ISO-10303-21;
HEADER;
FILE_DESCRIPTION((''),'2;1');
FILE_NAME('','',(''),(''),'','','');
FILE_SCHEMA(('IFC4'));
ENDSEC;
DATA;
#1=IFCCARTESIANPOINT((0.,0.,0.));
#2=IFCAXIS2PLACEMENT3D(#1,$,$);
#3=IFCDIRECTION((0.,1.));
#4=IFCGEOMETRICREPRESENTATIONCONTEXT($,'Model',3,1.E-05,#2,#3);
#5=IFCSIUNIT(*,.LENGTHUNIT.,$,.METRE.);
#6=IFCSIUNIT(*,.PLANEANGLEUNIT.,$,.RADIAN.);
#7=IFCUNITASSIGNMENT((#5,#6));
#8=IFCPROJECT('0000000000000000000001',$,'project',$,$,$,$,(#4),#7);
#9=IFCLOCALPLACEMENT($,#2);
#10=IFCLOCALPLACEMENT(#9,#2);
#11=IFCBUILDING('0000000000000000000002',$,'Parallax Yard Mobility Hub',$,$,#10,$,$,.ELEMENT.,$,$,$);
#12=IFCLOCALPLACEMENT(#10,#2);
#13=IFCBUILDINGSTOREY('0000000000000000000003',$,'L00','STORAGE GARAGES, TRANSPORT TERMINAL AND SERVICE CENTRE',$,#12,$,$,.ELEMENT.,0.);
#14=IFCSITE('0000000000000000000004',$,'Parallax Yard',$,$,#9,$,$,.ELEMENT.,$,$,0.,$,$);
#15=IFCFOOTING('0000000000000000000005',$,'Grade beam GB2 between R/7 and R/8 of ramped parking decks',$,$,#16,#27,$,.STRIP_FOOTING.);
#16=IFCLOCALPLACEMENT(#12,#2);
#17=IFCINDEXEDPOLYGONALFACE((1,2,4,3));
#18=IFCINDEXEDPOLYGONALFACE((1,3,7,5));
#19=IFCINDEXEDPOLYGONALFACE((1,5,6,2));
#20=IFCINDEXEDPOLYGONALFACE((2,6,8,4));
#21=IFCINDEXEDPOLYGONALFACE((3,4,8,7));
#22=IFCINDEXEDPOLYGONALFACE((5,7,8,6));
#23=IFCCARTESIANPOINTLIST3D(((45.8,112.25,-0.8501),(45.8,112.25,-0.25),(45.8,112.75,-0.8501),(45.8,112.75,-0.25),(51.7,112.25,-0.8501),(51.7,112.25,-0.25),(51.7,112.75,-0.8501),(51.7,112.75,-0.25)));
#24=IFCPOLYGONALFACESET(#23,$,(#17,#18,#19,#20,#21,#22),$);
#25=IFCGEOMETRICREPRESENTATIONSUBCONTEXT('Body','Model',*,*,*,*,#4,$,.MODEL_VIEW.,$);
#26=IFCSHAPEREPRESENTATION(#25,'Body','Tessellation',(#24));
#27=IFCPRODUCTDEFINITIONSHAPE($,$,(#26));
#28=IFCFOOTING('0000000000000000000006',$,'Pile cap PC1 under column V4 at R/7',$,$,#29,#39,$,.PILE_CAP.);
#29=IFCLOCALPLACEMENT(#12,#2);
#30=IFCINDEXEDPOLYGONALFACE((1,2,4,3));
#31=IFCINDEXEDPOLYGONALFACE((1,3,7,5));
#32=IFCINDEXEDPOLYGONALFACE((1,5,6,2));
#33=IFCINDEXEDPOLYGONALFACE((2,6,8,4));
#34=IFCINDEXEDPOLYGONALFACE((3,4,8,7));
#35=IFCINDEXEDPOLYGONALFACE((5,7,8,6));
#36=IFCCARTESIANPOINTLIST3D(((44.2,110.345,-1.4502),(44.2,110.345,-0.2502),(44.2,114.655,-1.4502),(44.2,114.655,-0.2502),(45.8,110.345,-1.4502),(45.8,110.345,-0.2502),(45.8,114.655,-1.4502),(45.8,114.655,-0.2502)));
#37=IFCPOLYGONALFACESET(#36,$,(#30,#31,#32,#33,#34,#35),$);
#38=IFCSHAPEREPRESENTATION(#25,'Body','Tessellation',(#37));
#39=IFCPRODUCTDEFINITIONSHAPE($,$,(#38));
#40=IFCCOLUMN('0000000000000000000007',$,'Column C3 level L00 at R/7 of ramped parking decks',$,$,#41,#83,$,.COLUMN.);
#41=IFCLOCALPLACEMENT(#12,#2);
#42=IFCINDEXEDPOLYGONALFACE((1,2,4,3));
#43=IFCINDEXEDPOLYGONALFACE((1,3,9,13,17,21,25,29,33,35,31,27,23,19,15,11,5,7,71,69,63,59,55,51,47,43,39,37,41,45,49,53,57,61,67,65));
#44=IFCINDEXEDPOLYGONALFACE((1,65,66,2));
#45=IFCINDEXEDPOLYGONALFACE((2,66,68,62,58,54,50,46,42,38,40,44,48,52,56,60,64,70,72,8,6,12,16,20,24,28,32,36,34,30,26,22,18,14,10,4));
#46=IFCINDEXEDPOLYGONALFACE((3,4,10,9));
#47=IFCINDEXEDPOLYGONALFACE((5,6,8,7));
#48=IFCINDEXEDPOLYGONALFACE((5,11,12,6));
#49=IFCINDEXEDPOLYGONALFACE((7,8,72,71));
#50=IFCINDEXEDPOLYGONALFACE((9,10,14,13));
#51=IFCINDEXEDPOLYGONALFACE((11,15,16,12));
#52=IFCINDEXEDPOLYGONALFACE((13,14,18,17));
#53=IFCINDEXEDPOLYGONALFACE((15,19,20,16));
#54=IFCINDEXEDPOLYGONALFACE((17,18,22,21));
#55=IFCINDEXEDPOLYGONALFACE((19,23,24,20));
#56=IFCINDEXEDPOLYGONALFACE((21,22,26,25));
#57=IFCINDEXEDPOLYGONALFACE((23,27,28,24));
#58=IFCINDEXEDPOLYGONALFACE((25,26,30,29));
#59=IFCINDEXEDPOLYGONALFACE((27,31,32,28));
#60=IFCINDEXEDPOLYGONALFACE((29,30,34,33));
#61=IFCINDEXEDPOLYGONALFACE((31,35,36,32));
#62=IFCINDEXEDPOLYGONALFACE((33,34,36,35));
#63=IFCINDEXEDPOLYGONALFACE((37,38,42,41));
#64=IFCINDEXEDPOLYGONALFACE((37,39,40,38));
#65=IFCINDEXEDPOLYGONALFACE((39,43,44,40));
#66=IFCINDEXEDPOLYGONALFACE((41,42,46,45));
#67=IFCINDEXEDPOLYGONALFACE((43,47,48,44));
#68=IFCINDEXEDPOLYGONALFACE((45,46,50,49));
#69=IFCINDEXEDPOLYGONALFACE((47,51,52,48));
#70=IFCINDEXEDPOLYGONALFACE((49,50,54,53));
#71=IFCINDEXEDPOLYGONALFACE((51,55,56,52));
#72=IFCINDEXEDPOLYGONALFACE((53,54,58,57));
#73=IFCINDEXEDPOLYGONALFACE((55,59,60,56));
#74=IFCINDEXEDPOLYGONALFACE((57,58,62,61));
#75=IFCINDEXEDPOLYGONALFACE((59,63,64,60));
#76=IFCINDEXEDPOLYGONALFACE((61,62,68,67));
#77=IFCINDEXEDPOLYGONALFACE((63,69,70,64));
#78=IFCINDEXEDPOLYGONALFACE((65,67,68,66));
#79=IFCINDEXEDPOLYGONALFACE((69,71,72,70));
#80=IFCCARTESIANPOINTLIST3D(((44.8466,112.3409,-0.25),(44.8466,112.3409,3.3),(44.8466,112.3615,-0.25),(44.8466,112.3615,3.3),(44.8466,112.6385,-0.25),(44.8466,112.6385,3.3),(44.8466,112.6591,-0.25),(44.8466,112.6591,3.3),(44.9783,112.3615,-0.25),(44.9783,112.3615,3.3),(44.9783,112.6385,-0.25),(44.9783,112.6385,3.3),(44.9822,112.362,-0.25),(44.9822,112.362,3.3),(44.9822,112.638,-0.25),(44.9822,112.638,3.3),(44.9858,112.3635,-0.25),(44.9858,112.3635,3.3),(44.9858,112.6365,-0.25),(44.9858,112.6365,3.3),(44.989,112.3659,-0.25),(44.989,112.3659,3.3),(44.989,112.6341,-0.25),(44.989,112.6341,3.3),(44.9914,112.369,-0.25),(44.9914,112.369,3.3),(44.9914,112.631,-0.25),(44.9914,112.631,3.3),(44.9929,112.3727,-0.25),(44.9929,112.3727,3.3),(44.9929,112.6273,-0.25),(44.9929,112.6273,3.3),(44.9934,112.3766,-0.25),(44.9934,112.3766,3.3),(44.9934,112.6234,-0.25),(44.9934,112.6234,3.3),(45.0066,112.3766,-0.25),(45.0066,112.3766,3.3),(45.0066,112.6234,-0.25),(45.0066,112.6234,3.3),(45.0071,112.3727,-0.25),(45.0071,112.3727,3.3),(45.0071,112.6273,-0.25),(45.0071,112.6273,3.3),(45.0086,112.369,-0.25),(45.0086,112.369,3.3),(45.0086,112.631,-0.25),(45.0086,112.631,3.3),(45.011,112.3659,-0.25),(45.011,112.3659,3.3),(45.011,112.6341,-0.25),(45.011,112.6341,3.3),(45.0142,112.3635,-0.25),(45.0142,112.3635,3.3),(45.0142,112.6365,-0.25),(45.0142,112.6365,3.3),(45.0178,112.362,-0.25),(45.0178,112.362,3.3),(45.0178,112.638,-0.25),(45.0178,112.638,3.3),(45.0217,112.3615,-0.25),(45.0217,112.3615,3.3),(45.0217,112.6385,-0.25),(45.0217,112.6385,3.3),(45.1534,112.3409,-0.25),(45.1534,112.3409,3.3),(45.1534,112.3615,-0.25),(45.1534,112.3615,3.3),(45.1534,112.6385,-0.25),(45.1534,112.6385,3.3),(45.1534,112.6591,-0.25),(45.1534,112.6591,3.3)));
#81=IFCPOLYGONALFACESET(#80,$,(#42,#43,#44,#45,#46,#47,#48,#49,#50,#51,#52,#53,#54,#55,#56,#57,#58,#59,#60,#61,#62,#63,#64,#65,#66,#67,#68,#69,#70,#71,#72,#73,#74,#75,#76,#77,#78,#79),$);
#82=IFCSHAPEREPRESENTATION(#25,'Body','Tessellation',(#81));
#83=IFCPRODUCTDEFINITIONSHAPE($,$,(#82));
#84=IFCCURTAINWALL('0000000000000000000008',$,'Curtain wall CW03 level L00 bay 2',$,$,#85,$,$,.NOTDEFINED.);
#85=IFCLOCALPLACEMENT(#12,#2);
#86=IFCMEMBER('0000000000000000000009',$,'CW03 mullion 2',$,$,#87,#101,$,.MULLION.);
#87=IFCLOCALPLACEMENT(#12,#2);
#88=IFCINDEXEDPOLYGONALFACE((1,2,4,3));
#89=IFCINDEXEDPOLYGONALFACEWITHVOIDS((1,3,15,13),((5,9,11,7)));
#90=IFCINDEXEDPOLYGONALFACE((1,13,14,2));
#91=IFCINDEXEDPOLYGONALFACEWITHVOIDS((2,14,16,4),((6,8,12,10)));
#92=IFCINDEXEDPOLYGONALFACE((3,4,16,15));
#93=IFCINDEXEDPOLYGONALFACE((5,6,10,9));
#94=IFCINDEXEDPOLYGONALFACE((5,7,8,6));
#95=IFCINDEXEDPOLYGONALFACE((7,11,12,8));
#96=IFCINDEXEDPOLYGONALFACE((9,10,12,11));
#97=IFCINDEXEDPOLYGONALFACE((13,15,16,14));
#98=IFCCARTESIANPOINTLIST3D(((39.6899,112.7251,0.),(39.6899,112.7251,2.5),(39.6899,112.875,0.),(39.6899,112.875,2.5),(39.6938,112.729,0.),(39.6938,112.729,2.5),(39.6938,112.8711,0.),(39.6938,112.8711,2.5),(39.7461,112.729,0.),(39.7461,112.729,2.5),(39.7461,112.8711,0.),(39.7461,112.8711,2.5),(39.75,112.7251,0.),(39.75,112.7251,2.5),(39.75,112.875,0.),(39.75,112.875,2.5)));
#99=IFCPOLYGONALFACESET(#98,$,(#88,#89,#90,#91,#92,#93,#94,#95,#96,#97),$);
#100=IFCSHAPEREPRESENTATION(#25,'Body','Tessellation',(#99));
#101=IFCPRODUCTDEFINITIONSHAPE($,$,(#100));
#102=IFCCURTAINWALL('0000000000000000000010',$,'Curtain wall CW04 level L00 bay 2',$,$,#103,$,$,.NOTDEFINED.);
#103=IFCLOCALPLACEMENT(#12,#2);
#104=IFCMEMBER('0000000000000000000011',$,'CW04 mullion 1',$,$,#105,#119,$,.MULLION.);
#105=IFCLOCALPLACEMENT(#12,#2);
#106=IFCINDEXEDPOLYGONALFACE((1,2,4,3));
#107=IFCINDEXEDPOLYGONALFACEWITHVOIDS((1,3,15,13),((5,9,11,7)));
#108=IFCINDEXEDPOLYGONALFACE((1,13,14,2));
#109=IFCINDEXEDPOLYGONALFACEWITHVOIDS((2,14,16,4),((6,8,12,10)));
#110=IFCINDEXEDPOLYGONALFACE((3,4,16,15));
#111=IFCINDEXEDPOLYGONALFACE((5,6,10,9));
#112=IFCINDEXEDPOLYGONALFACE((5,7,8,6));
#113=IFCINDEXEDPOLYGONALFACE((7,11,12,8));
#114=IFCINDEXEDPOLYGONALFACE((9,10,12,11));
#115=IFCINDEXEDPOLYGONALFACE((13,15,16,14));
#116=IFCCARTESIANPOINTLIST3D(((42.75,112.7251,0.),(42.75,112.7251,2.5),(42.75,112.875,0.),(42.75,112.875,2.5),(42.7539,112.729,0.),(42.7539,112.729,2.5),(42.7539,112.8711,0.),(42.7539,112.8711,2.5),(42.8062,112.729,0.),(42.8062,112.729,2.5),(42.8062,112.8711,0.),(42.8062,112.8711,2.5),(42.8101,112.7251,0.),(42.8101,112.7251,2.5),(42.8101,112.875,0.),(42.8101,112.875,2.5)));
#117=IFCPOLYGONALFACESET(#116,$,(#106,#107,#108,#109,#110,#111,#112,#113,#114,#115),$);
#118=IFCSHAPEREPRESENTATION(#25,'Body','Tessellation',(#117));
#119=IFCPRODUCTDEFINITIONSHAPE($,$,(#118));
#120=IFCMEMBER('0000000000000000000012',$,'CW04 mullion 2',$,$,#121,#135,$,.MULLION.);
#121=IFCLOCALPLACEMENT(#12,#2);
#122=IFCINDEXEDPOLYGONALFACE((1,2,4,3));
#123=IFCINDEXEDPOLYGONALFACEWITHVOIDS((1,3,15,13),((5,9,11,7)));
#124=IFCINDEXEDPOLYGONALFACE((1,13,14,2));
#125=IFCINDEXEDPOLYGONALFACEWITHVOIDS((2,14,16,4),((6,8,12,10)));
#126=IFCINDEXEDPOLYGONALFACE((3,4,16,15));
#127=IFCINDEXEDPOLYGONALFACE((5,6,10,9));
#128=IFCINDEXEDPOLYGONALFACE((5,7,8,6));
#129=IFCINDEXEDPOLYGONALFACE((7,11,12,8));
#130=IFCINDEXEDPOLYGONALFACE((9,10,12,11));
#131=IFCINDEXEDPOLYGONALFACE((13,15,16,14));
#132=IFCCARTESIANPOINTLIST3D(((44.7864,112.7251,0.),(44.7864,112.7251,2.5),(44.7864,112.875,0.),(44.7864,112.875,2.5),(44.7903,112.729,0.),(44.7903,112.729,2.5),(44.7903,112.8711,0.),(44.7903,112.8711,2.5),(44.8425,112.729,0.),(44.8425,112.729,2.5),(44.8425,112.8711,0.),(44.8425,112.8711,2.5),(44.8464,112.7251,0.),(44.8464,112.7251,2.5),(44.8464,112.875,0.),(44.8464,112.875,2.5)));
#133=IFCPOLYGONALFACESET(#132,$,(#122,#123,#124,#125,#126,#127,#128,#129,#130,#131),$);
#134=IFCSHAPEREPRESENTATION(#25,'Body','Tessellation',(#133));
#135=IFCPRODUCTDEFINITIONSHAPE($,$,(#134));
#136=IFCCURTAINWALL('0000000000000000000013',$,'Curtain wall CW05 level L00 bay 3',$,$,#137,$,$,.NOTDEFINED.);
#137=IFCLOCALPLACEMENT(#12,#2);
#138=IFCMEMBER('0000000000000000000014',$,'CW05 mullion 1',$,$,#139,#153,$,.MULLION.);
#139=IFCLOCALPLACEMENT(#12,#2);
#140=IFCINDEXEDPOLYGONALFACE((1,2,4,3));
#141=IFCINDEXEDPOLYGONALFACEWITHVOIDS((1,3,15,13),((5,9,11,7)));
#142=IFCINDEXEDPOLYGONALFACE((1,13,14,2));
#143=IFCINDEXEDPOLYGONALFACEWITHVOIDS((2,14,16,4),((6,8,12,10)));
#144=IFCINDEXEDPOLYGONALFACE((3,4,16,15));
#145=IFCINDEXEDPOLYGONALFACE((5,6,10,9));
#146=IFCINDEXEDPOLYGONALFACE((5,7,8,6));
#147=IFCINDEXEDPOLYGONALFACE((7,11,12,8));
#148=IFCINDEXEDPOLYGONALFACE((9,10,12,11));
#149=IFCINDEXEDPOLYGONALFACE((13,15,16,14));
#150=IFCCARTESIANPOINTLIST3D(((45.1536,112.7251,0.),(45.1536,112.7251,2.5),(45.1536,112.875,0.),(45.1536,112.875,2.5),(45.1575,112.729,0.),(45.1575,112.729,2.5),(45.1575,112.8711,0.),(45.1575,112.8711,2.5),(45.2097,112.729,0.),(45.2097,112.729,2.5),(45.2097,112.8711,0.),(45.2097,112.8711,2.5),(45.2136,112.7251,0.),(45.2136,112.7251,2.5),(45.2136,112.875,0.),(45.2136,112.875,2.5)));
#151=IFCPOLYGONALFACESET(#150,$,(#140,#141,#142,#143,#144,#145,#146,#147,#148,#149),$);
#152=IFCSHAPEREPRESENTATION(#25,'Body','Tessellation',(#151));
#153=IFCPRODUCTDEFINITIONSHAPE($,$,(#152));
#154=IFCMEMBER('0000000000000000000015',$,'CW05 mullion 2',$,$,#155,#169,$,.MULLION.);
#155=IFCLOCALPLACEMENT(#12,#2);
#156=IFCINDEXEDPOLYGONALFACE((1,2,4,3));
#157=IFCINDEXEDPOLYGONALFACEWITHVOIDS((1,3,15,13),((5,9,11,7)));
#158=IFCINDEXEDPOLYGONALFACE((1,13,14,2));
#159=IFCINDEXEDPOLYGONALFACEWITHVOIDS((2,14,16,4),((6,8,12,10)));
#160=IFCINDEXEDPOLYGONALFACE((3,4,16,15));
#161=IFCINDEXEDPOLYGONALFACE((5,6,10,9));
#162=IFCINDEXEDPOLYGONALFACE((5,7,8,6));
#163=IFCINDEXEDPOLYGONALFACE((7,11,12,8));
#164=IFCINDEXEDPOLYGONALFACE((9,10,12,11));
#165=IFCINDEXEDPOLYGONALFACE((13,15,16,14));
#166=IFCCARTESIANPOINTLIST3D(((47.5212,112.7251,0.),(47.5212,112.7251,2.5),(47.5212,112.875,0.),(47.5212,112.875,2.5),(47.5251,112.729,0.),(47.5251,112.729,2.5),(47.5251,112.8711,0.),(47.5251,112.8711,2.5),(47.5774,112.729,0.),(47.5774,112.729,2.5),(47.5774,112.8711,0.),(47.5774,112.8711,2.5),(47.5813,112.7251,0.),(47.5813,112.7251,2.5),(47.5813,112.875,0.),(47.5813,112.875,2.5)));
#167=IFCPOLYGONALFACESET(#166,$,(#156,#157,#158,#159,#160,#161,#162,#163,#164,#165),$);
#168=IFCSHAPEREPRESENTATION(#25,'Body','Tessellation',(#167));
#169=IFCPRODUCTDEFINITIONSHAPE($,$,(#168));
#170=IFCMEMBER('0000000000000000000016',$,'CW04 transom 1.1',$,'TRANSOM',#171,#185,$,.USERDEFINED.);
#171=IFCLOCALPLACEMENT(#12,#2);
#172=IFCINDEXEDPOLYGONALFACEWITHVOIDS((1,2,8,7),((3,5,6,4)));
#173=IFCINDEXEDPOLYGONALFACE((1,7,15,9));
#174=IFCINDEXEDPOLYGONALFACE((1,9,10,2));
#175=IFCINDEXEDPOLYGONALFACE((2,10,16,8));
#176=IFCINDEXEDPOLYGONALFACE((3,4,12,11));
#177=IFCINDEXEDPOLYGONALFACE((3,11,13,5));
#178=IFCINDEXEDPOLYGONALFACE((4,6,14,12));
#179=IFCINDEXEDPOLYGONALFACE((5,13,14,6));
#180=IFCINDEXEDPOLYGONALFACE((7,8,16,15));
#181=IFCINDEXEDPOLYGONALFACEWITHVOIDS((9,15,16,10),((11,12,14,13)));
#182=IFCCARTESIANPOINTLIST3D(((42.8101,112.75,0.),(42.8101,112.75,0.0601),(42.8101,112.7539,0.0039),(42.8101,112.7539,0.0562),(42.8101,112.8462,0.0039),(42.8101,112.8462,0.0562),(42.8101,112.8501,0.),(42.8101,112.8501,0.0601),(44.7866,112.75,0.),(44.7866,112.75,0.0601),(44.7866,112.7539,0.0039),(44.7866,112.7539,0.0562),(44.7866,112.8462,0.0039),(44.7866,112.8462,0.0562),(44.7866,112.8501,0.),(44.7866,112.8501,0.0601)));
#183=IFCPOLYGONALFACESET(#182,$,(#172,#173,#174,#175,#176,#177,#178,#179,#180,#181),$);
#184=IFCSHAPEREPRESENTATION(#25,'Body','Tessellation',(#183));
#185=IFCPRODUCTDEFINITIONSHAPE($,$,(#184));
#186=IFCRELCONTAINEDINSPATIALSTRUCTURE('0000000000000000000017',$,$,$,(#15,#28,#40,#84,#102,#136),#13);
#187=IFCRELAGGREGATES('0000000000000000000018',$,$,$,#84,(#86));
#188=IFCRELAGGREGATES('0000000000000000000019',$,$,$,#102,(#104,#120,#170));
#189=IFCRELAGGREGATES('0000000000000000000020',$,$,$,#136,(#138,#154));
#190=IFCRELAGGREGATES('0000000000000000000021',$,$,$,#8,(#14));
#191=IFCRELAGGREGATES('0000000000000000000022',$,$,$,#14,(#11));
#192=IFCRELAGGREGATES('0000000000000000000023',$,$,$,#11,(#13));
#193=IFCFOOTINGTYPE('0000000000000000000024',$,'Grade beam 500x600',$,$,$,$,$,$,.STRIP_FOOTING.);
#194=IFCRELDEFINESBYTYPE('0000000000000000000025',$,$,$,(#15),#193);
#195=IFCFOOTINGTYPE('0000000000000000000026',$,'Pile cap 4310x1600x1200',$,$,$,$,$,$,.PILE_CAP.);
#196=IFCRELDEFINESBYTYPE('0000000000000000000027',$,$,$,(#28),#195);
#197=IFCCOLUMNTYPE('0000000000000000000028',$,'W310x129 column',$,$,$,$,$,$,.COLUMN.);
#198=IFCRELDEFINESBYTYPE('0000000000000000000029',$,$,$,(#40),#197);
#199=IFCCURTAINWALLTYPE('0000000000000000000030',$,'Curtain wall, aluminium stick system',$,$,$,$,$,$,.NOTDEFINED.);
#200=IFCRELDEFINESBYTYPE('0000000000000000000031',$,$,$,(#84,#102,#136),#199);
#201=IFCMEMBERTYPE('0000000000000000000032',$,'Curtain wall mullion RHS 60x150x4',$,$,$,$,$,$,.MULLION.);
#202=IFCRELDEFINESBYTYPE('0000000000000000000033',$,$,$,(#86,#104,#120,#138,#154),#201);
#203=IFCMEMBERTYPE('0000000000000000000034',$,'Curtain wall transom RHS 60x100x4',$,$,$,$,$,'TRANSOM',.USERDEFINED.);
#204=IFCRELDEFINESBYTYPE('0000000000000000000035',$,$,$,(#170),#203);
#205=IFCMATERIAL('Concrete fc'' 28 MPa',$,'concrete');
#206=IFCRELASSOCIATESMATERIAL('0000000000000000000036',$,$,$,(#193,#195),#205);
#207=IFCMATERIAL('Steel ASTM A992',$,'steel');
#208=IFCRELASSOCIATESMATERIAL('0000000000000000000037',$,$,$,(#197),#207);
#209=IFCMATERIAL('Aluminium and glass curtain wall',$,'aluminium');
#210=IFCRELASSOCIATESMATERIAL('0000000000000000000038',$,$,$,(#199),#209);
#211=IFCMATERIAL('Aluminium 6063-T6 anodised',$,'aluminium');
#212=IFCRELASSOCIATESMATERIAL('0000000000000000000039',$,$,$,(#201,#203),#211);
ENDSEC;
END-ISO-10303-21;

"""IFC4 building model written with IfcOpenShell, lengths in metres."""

from ifc_helpers import new_model, si_unit, direction, frame, origin, origin_2d, place, context, subcontext, project, spatial, rectangle, hollow_rectangle, i_section, extrude, material, material_profile, profile_set, type_object, element, aggregate, save


model = new_model("IFC4")

# Units and contexts
model_context = context("Model", 3, precision=1e-05, world=origin(), true_north=direction((0.0, 1.0)))
body_context = subcontext(model_context, "Body", "Model", "MODEL_VIEW")
ifc_project = project(units=[si_unit("LENGTHUNIT", "METRE"), si_unit("PLANEANGLEUNIT", "RADIAN")], contexts=[model_context])

# Site, building, storey
site_placement = place(None, origin())
site = spatial("IfcSite", under=ifc_project, at=site_placement, Name="Parallax Yard", CompositionType="ELEMENT", RefElevation=0.0)
building_placement = place(site_placement, origin())
building = spatial("IfcBuilding", under=site, at=building_placement, Name="Parallax Yard Mobility Hub", CompositionType="ELEMENT")
storey_placement = place(building_placement, origin())
storey = spatial("IfcBuildingStorey", under=building, at=storey_placement, Name="L00", Description="STORAGE GARAGES, TRANSPORT TERMINAL AND SERVICE CENTRE", CompositionType="ELEMENT", Elevation=0.0)

# Footings
ifc_material_1 = material(Name="Concrete fc' 28 MPa", Category="concrete")
ifc_material_profile_1 = material_profile(ifc_material_1, rectangle(XDim=0.5, YDim=0.6001, at=origin_2d()), Name="Grade beam 500x600")
ifc_profile_set_1 = profile_set([ifc_material_profile_1], Name="Concrete fc' 28 MPa")
footing_type_1 = type_object("IfcFootingType", Name="Grade beam 500x600", PredefinedType="STRIP_FOOTING", material=ifc_profile_set_1)
footing_1_placement = place(storey_placement, frame((45.8, 112.5, -0.55), z_axis=(1.0, 0.0, 0.0), x_axis=(0.0, 1.0, 0.0)))
element("IfcFooting", 1, at=footing_1_placement, inside=storey, type_object=footing_type_1, Name="Grade beam GB2 between R/7 and R/8 of ramped parking decks", PredefinedType="STRIP_FOOTING", context=body_context, shape_type="SweptSolid", body=[
    extrude(rectangle(XDim=0.5, YDim=0.6001, at=origin_2d()), origin(), (0.0, 0.0, 1.0), 5.8999),
])
footing_type_2 = type_object("IfcFootingType", Name="Pile cap 4310x1600x1200", PredefinedType="PILE_CAP", material=ifc_material_1)
footing_2_placement = place(storey_placement, frame((45.0, 112.5, -1.4502), z_axis=(0.0, 0.0, 1.0), x_axis=(0.0, 1.0, 0.0)))
element("IfcFooting", 2, at=footing_2_placement, inside=storey, type_object=footing_type_2, Name="Pile cap PC1 under column V4 at R/7", PredefinedType="PILE_CAP", context=body_context, shape_type="SweptSolid", body=[
    extrude(rectangle(XDim=4.3101, YDim=1.6001, at=origin_2d()), origin(), (0.0, 0.0, 1.0), 1.2),
])

# Column
ifc_material_2 = material(Name="Steel ASTM A992", Category="steel")
ifc_material_profile_2 = material_profile(ifc_material_2, i_section(OverallWidth=0.3069, OverallDepth=0.3181, WebThickness=0.0132, FlangeThickness=0.0205, FilletRadius=0.0151, at=origin_2d()), Name="W310x129")
ifc_profile_set_2 = profile_set([ifc_material_profile_2], Name="Steel ASTM A992")
column_type = type_object("IfcColumnType", Name="W310x129 column", PredefinedType="COLUMN", material=ifc_profile_set_2)
column_placement = place(storey_placement, frame((45.0, 112.5, -0.25), z_axis=(0.0, 0.0, 1.0), x_axis=(1.0, 0.0, 0.0)))
element("IfcColumn", 3, at=column_placement, inside=storey, type_object=column_type, Name="Column C3 level L00 at R/7 of ramped parking decks", PredefinedType="COLUMN", context=body_context, shape_type="SweptSolid", body=[
    extrude(i_section(OverallWidth=0.3069, OverallDepth=0.3181, WebThickness=0.0132, FlangeThickness=0.0205, FilletRadius=0.0151, at=origin_2d()), origin(), (0.0, 0.0, 1.0), 3.55),
])

# Curtain wall, member
ifc_material_3 = material(Name="Aluminium and glass curtain wall", Category="aluminium")
curtain_wall_type = type_object("IfcCurtainWallType", Name="Curtain wall, aluminium stick system", PredefinedType="NOTDEFINED", material=ifc_material_3)
curtain_wall_1_placement = place(storey_placement, origin())
curtain_wall_1 = element("IfcCurtainWall", 4, at=curtain_wall_1_placement, inside=storey, type_object=curtain_wall_type, Name="Curtain wall CW03 level L00 bay 2", PredefinedType="NOTDEFINED")
ifc_material_4 = material(Name="Aluminium 6063-T6 anodised", Category="aluminium")
ifc_material_profile_3 = material_profile(ifc_material_4, hollow_rectangle(XDim=0.1499, YDim=0.0601, WallThickness=0.0039, at=origin_2d()), Name="RHS 60x150x4")
ifc_profile_set_3 = profile_set([ifc_material_profile_3], Name="Aluminium 6063-T6 anodised")
member_type_1 = type_object("IfcMemberType", Name="Curtain wall mullion RHS 60x150x4", PredefinedType="MULLION", material=ifc_profile_set_3)
member_1_placement = place(storey_placement, frame((39.72, 112.8, 0.0), z_axis=(0.0, 0.0, 1.0), x_axis=(0.0, 1.0, 0.0)))
member_1 = element("IfcMember", 5, at=member_1_placement, type_object=member_type_1, Name="CW03 mullion 2", PredefinedType="MULLION", context=body_context, shape_type="SweptSolid", body=[
    extrude(hollow_rectangle(XDim=0.1499, YDim=0.0601, WallThickness=0.0039, at=origin_2d()), origin(), (0.0, 0.0, 1.0), 2.5),
])

# Curtain walls, members
curtain_wall_2_placement = place(storey_placement, origin())
curtain_wall_2 = element("IfcCurtainWall", 6, at=curtain_wall_2_placement, inside=storey, type_object=curtain_wall_type, Name="Curtain wall CW04 level L00 bay 2", PredefinedType="NOTDEFINED")
member_2_placement = place(storey_placement, frame((42.78, 112.8, 0.0), z_axis=(0.0, 0.0, 1.0), x_axis=(0.0, 1.0, 0.0)))
member_2 = element("IfcMember", 7, at=member_2_placement, type_object=member_type_1, Name="CW04 mullion 1", PredefinedType="MULLION", context=body_context, shape_type="SweptSolid", body=[
    extrude(hollow_rectangle(XDim=0.1499, YDim=0.0601, WallThickness=0.0039, at=origin_2d()), origin(), (0.0, 0.0, 1.0), 2.5),
])
member_3_placement = place(storey_placement, frame((44.8164, 112.8, 0.0), z_axis=(0.0, 0.0, 1.0), x_axis=(0.0, 1.0, 0.0)))
member_3 = element("IfcMember", 8, at=member_3_placement, type_object=member_type_1, Name="CW04 mullion 2", PredefinedType="MULLION", context=body_context, shape_type="SweptSolid", body=[
    extrude(hollow_rectangle(XDim=0.1499, YDim=0.0601, WallThickness=0.0039, at=origin_2d()), origin(), (0.0, 0.0, 1.0), 2.5),
])
curtain_wall_3_placement = place(storey_placement, origin())
curtain_wall_3 = element("IfcCurtainWall", 9, at=curtain_wall_3_placement, inside=storey, type_object=curtain_wall_type, Name="Curtain wall CW05 level L00 bay 3", PredefinedType="NOTDEFINED")
member_4_placement = place(storey_placement, frame((45.1836, 112.8, 0.0), z_axis=(0.0, 0.0, 1.0), x_axis=(0.0, 1.0, 0.0)))
member_4 = element("IfcMember", 10, at=member_4_placement, type_object=member_type_1, Name="CW05 mullion 1", PredefinedType="MULLION", context=body_context, shape_type="SweptSolid", body=[
    extrude(hollow_rectangle(XDim=0.1499, YDim=0.0601, WallThickness=0.0039, at=origin_2d()), origin(), (0.0, 0.0, 1.0), 2.5),
])
member_5_placement = place(storey_placement, frame((47.5513, 112.8, 0.0), z_axis=(0.0, 0.0, 1.0), x_axis=(0.0, 1.0, 0.0)))
member_5 = element("IfcMember", 11, at=member_5_placement, type_object=member_type_1, Name="CW05 mullion 2", PredefinedType="MULLION", context=body_context, shape_type="SweptSolid", body=[
    extrude(hollow_rectangle(XDim=0.1499, YDim=0.0601, WallThickness=0.0039, at=origin_2d()), origin(), (0.0, 0.0, 1.0), 2.5),
])

# Member
ifc_material_profile_4 = material_profile(ifc_material_4, hollow_rectangle(XDim=0.1001, YDim=0.0601, WallThickness=0.0039, at=origin_2d()), Name="RHS 60x100x4")
ifc_profile_set_4 = profile_set([ifc_material_profile_4], Name="Aluminium 6063-T6 anodised")
member_type_2 = type_object("IfcMemberType", Name="Curtain wall transom RHS 60x100x4", ElementType="TRANSOM", PredefinedType="USERDEFINED", material=ifc_profile_set_4)
member_6_placement = place(storey_placement, frame((42.8101, 112.8, 0.03), z_axis=(1.0, 0.0, 0.0), x_axis=(0.0, 1.0, 0.0)))
member_6 = element("IfcMember", 12, at=member_6_placement, type_object=member_type_2, Name="CW04 transom 1.1", ObjectType="TRANSOM", PredefinedType="USERDEFINED", context=body_context, shape_type="SweptSolid", body=[
    extrude(hollow_rectangle(XDim=0.1001, YDim=0.0601, WallThickness=0.0039, at=origin_2d()), origin(), (0.0, 0.0, 1.0), 1.9766),
])

aggregate(curtain_wall_1, [member_1])
aggregate(curtain_wall_2, [member_2, member_3, member_6])
aggregate(curtain_wall_3, [member_4, member_5])

save(model, "model.ifc")
